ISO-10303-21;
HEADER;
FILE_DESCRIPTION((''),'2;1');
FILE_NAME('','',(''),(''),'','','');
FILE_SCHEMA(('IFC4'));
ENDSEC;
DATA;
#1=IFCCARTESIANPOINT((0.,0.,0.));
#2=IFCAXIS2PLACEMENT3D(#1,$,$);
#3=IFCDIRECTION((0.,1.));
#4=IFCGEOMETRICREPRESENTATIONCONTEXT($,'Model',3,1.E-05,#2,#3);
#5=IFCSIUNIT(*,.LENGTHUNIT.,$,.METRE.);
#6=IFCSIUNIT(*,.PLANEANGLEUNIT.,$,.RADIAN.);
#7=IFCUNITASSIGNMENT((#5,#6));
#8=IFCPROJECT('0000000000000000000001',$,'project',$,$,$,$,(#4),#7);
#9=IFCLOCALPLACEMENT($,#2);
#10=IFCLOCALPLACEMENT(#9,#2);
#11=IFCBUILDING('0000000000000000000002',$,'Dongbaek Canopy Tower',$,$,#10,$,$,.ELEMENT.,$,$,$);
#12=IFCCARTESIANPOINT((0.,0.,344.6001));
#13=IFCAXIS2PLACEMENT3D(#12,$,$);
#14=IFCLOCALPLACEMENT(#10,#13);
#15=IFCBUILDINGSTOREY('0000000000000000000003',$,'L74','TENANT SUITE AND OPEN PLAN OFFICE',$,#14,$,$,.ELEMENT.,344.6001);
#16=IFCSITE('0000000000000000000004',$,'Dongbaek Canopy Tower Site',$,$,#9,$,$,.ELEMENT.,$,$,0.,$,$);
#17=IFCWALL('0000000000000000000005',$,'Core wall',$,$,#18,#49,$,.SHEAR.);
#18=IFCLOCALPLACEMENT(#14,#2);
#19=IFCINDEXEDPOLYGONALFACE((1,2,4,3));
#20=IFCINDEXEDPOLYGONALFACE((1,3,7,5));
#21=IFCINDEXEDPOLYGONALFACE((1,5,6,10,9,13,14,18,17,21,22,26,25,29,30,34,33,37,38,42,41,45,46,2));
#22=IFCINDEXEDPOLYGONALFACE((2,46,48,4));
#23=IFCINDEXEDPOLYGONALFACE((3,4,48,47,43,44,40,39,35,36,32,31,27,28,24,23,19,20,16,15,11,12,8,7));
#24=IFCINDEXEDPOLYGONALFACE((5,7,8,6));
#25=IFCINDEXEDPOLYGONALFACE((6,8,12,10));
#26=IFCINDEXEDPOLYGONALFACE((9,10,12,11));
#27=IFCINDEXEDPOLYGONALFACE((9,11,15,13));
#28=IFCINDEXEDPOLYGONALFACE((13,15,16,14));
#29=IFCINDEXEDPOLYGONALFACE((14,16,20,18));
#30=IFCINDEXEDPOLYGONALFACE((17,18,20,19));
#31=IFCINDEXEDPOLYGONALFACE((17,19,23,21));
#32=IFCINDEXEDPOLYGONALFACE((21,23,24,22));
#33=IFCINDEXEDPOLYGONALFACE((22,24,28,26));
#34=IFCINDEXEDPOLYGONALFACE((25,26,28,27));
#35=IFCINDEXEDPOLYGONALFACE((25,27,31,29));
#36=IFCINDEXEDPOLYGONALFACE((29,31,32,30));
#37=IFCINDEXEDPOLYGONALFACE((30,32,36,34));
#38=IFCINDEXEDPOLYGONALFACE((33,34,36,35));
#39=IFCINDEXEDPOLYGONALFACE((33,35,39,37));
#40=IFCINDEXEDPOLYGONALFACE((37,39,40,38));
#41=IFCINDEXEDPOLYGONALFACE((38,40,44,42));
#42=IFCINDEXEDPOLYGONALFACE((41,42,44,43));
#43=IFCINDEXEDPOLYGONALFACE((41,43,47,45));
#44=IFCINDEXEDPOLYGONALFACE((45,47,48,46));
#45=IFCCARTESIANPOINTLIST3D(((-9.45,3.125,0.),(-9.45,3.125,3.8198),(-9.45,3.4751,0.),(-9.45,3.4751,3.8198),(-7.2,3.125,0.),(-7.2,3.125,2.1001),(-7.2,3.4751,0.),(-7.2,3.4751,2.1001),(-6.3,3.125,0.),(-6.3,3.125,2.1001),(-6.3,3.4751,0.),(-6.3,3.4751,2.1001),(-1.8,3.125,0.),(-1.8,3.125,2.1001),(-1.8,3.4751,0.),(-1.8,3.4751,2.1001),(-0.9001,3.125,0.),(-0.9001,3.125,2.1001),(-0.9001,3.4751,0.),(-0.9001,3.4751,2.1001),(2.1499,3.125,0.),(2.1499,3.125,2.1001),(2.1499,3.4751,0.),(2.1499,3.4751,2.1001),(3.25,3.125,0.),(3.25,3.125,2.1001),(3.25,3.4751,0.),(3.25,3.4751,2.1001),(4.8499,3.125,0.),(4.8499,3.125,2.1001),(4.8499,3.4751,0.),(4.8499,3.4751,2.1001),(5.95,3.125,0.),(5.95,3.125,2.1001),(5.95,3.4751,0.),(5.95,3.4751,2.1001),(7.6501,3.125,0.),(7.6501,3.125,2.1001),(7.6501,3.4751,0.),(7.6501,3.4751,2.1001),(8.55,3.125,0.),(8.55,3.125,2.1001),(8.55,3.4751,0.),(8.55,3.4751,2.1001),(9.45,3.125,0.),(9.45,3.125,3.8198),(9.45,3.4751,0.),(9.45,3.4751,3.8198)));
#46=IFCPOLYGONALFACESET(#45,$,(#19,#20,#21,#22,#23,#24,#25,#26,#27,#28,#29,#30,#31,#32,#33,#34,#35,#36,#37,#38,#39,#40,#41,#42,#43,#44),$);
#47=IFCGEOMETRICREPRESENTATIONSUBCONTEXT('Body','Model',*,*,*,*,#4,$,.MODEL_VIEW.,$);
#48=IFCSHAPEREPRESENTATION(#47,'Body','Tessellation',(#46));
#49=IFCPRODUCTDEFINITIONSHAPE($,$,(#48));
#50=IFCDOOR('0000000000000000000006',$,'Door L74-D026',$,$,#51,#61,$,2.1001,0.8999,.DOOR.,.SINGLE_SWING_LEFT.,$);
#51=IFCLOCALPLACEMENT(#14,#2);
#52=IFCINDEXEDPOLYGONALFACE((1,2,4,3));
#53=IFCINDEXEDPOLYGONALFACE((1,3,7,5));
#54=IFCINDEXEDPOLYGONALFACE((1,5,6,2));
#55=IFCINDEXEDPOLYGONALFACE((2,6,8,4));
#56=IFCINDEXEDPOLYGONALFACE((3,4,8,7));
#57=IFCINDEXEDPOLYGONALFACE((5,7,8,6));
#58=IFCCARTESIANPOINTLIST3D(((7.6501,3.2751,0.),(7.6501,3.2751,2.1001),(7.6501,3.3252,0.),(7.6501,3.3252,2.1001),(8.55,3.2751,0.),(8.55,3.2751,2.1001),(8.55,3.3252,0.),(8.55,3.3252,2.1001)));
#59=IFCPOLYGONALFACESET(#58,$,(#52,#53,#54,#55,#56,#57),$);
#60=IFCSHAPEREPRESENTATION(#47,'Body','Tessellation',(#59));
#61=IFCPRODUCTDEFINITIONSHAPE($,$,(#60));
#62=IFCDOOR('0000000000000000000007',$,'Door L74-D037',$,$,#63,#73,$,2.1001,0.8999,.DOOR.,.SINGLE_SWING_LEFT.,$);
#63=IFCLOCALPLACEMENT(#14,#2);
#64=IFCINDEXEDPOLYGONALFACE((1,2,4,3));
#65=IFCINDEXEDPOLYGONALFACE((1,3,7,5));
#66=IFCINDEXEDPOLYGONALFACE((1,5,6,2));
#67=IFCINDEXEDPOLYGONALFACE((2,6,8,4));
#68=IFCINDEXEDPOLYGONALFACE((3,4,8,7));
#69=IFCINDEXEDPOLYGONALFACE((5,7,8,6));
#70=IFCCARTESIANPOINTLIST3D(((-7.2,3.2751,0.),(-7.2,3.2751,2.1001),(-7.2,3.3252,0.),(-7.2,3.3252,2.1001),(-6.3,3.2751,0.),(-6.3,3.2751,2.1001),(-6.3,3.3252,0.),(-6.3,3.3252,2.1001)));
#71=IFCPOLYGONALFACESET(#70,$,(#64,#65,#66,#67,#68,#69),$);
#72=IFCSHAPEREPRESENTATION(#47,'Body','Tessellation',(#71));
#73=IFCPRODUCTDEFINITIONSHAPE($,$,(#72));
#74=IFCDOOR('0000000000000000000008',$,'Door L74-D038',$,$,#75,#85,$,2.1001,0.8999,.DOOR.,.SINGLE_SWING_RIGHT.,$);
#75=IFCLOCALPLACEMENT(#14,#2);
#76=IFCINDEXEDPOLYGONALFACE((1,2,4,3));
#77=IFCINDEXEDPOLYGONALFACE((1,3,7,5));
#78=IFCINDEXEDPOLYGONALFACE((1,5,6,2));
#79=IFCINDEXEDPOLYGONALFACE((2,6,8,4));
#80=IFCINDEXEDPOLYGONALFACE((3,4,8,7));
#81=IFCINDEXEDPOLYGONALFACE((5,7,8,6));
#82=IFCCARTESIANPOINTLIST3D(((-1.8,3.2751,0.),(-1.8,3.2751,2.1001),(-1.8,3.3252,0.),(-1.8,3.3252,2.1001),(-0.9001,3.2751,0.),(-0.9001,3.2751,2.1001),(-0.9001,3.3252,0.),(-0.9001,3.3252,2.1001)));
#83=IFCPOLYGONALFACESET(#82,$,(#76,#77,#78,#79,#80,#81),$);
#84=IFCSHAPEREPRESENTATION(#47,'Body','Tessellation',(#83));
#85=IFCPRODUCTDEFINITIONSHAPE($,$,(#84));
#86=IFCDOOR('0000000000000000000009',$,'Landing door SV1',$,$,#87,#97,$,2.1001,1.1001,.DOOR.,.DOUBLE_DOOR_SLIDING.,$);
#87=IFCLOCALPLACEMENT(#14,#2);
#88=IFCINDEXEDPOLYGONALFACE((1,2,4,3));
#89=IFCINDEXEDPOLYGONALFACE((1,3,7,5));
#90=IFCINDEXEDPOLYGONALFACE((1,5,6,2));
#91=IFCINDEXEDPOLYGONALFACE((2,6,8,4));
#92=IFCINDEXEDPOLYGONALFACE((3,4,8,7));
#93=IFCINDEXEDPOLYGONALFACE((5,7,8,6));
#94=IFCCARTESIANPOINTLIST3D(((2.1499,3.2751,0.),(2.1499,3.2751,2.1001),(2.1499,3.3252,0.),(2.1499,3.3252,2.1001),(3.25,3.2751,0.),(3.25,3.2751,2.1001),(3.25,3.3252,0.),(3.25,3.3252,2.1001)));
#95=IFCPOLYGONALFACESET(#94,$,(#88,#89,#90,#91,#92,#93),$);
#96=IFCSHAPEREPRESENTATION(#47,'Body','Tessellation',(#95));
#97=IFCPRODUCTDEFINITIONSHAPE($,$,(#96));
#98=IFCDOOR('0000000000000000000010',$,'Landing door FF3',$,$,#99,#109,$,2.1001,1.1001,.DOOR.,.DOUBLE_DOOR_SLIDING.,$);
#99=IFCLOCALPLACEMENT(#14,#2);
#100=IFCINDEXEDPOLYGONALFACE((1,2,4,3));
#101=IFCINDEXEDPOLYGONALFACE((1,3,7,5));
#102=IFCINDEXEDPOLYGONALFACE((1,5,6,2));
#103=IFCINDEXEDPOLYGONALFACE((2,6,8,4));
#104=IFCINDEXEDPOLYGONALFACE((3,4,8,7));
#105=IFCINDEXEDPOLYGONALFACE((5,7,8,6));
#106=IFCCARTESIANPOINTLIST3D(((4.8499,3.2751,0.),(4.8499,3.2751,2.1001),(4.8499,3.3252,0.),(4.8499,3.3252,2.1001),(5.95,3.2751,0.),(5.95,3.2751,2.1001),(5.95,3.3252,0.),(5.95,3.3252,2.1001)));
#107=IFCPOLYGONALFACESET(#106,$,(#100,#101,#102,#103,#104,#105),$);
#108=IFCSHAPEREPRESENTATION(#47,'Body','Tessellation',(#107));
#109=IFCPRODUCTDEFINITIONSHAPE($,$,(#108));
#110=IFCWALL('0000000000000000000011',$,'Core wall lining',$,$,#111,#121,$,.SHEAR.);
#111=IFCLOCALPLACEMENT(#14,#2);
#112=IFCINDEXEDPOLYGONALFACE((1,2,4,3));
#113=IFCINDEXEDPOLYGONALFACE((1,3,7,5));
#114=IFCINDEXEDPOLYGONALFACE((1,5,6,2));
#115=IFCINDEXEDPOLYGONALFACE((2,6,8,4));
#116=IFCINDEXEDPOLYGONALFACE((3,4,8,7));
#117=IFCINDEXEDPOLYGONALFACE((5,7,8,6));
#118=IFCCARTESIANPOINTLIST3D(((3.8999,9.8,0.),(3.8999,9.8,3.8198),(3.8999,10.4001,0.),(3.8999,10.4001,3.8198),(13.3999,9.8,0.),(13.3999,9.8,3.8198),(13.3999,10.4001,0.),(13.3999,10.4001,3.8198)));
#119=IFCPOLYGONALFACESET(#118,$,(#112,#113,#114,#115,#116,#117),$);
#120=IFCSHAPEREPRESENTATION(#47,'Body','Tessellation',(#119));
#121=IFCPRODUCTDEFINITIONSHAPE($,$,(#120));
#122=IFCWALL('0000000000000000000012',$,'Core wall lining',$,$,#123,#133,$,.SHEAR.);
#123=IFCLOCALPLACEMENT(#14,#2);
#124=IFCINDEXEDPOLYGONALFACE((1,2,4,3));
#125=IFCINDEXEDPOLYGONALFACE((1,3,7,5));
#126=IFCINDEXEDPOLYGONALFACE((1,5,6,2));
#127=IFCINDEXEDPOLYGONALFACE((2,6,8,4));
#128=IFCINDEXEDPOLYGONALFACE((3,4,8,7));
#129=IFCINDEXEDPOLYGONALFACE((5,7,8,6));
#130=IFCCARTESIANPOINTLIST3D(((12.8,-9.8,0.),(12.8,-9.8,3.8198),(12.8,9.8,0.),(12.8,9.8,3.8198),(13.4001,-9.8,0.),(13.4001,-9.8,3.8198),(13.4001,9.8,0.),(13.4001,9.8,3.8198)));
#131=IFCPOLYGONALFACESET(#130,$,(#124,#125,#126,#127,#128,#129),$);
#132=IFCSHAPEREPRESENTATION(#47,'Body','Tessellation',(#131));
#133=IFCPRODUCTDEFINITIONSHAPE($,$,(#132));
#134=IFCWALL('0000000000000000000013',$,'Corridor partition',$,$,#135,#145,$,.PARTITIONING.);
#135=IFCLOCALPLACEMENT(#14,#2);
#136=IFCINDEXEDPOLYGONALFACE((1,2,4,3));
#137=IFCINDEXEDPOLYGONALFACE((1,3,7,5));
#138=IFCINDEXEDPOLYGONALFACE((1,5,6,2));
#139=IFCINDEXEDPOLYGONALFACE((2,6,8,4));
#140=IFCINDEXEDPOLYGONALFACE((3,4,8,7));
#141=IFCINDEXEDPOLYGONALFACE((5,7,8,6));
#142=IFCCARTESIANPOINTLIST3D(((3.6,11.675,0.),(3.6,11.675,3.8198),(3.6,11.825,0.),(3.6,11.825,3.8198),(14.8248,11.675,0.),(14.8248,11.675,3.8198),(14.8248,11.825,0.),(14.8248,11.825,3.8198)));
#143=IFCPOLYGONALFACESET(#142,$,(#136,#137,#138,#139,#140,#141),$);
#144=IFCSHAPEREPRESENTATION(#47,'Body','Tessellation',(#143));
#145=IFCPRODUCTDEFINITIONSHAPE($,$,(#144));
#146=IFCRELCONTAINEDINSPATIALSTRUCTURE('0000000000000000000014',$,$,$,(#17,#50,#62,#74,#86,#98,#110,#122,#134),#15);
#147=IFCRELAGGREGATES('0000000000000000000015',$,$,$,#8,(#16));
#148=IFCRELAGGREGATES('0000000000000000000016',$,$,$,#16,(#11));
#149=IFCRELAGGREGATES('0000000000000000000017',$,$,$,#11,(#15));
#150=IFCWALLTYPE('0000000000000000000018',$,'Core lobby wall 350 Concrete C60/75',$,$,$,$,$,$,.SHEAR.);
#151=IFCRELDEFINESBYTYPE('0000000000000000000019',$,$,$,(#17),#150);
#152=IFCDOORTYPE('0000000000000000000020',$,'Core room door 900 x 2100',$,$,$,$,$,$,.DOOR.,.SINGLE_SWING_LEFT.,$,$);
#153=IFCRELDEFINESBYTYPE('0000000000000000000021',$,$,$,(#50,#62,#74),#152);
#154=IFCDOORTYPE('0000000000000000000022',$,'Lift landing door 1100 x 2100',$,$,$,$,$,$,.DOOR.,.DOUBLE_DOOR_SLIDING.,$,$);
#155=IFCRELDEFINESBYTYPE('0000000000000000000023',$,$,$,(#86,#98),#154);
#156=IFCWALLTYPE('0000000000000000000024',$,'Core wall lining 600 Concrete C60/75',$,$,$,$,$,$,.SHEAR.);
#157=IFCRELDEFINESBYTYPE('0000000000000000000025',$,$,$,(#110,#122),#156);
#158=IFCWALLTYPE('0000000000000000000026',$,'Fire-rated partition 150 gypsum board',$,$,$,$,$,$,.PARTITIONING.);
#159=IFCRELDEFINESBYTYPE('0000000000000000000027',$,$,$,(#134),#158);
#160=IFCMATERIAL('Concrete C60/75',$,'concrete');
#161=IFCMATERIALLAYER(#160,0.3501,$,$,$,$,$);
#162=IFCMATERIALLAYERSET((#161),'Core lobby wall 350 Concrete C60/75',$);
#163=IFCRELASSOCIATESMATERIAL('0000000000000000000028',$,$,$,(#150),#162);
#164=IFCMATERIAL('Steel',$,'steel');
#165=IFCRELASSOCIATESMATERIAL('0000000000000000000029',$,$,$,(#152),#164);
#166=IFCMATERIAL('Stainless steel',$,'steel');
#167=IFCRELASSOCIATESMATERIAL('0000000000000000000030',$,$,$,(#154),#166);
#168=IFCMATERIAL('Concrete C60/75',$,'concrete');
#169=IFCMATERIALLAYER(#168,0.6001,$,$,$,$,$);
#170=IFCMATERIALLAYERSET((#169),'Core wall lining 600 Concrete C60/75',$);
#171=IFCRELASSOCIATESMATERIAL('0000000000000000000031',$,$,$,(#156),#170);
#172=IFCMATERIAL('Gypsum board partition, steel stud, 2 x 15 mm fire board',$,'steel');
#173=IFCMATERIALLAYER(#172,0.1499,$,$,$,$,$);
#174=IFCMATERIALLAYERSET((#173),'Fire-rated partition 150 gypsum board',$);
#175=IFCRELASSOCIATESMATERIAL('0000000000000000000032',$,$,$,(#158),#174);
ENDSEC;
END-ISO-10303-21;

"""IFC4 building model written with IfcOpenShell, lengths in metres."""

from ifc_helpers import new_model, si_unit, direction, frame, frame_2d, origin, place, context, subcontext, project, spatial, rectangle, extrude, material, layer, layer_set, type_object, element, fill, save


model = new_model("IFC4")

# Units and contexts
model_context = context("Model", 3, precision=1e-05, world=origin(), true_north=direction((0.0, 1.0)))
body_context = subcontext(model_context, "Body", "Model", "MODEL_VIEW")
ifc_project = project(units=[si_unit("LENGTHUNIT", "METRE"), si_unit("PLANEANGLEUNIT", "RADIAN")], contexts=[model_context])

# Site, building, storey
site_placement = place(None, origin())
site = spatial("IfcSite", under=ifc_project, at=site_placement, Name="Dongbaek Canopy Tower Site", CompositionType="ELEMENT", RefElevation=0.0)
building_placement = place(site_placement, origin())
building = spatial("IfcBuilding", under=site, at=building_placement, Name="Dongbaek Canopy Tower", CompositionType="ELEMENT")
storey_placement = place(building_placement, frame((0.0, 0.0, 344.6001)))
storey = spatial("IfcBuildingStorey", under=building, at=storey_placement, Name="L74", Description="TENANT SUITE AND OPEN PLAN OFFICE", CompositionType="ELEMENT", Elevation=344.6001)

# Wall, openings, doors
ifc_material_1 = material(Name="Concrete C60/75", Category="concrete")
ifc_layer_1 = layer(ifc_material_1, 0.3501)
ifc_layer_set_1 = layer_set([ifc_layer_1], Name="Core lobby wall 350 Concrete C60/75")
wall_type_1 = type_object("IfcWallType", Name="Core lobby wall 350 Concrete C60/75", PredefinedType="SHEAR", material=ifc_layer_set_1)
wall_1_placement = place(storey_placement, frame((9.45, 3.3, 0.0), z_axis=(0.0, 0.0, 1.0), x_axis=(-1.0, 0.0, 0.0)))
wall_1 = element("IfcWall", 1, at=wall_1_placement, inside=storey, type_object=wall_type_1, Name="Core wall", PredefinedType="SHEAR", context=body_context, shape_type="SweptSolid", body=[
    extrude(rectangle(XDim=18.8999, YDim=0.3501, at=frame_2d((9.45, 0.0))), origin(), (0.0, 0.0, 1.0), 3.8198),
])
opening_1_placement = place(wall_1_placement, frame((6.2, 0.0, 0.0)))
opening_1 = element("IfcOpeningElement", 2, at=opening_1_placement, cuts=wall_1, PredefinedType="OPENING", context=body_context, shape_type="SweptSolid", body=[
    extrude(rectangle(XDim=1.1001, YDim=2.1001, at=frame_2d((0.55, 1.05))), frame((0.0, 0.1851, 0.0), z_axis=(0.0, -1.0, 0.0), x_axis=(1.0, 0.0, 0.0)), (0.0, 0.0, 1.0), 0.3701),
])
opening_2_placement = place(wall_1_placement, frame((3.5, 0.0, 0.0)))
opening_2 = element("IfcOpeningElement", 3, at=opening_2_placement, cuts=wall_1, PredefinedType="OPENING", context=body_context, shape_type="SweptSolid", body=[
    extrude(rectangle(XDim=1.1001, YDim=2.1001, at=frame_2d((0.55, 1.05))), frame((0.0, 0.1851, 0.0), z_axis=(0.0, -1.0, 0.0), x_axis=(1.0, 0.0, 0.0)), (0.0, 0.0, 1.0), 0.3701),
])
opening_3_placement = place(wall_1_placement, frame((0.8999, 0.0, 0.0)))
opening_3 = element("IfcOpeningElement", 4, at=opening_3_placement, cuts=wall_1, PredefinedType="OPENING", context=body_context, shape_type="SweptSolid", body=[
    extrude(rectangle(XDim=0.8999, YDim=2.1001, at=frame_2d((0.45, 1.05))), frame((0.0, 0.1851, 0.0), z_axis=(0.0, -1.0, 0.0), x_axis=(1.0, 0.0, 0.0)), (0.0, 0.0, 1.0), 0.3701),
])
opening_4_placement = place(wall_1_placement, frame((15.75, 0.0, 0.0)))
opening_4 = element("IfcOpeningElement", 5, at=opening_4_placement, cuts=wall_1, PredefinedType="OPENING", context=body_context, shape_type="SweptSolid", body=[
    extrude(rectangle(XDim=0.8999, YDim=2.1001, at=frame_2d((0.45, 1.05))), frame((0.0, 0.1851, 0.0), z_axis=(0.0, -1.0, 0.0), x_axis=(1.0, 0.0, 0.0)), (0.0, 0.0, 1.0), 0.3701),
])
opening_5_placement = place(wall_1_placement, frame((10.3501, 0.0, 0.0)))
opening_5 = element("IfcOpeningElement", 6, at=opening_5_placement, cuts=wall_1, PredefinedType="OPENING", context=body_context, shape_type="SweptSolid", body=[
    extrude(rectangle(XDim=0.8999, YDim=2.1001, at=frame_2d((0.45, 1.05))), frame((0.0, 0.1851, 0.0), z_axis=(0.0, -1.0, 0.0), x_axis=(1.0, 0.0, 0.0)), (0.0, 0.0, 1.0), 0.3701),
])
ifc_material_2 = material(Name="Steel", Category="steel")
door_type_1 = type_object("IfcDoorType", Name="Core room door 900 x 2100", OperationType="SINGLE_SWING_LEFT", PredefinedType="DOOR", material=ifc_material_2)
door_1_placement = place(opening_3_placement, origin())
door_1 = element("IfcDoor", 7, at=door_1_placement, inside=storey, type_object=door_type_1, Name="Door L74-D026", OperationType="SINGLE_SWING_LEFT", OverallHeight=2.1001, OverallWidth=0.8999, PredefinedType="DOOR", context=body_context, shape_type="SweptSolid", body=[
    extrude(rectangle(XDim=0.8999, YDim=2.1001, at=frame_2d((0.45, 1.05))), frame((0.0, 0.0249, 0.0), z_axis=(0.0, -1.0, 0.0), x_axis=(1.0, 0.0, 0.0)), (0.0, 0.0, 1.0), 0.05),
])
fill(opening_3, door_1)
door_2_placement = place(opening_4_placement, origin())
door_2 = element("IfcDoor", 8, at=door_2_placement, inside=storey, type_object=door_type_1, Name="Door L74-D037", OperationType="SINGLE_SWING_LEFT", OverallHeight=2.1001, OverallWidth=0.8999, PredefinedType="DOOR", context=body_context, shape_type="SweptSolid", body=[
    extrude(rectangle(XDim=0.8999, YDim=2.1001, at=frame_2d((0.45, 1.05))), frame((0.0, 0.0249, 0.0), z_axis=(0.0, -1.0, 0.0), x_axis=(1.0, 0.0, 0.0)), (0.0, 0.0, 1.0), 0.05),
])
fill(opening_4, door_2)
door_3_placement = place(opening_5_placement, origin())
door_3 = element("IfcDoor", 9, at=door_3_placement, inside=storey, type_object=door_type_1, Name="Door L74-D038", OperationType="SINGLE_SWING_RIGHT", OverallHeight=2.1001, OverallWidth=0.8999, PredefinedType="DOOR", context=body_context, shape_type="SweptSolid", body=[
    extrude(rectangle(XDim=0.8999, YDim=2.1001, at=frame_2d((0.45, 1.05))), frame((0.0, 0.0249, 0.0), z_axis=(0.0, -1.0, 0.0), x_axis=(1.0, 0.0, 0.0)), (0.0, 0.0, 1.0), 0.05),
])
fill(opening_5, door_3)
ifc_material_3 = material(Name="Stainless steel", Category="steel")
door_type_2 = type_object("IfcDoorType", Name="Lift landing door 1100 x 2100", OperationType="DOUBLE_DOOR_SLIDING", PredefinedType="DOOR", material=ifc_material_3)
door_4_placement = place(opening_1_placement, origin())
door_4 = element("IfcDoor", 10, at=door_4_placement, inside=storey, type_object=door_type_2, Name="Landing door SV1", OperationType="DOUBLE_DOOR_SLIDING", OverallHeight=2.1001, OverallWidth=1.1001, PredefinedType="DOOR", context=body_context, shape_type="SweptSolid", body=[
    extrude(rectangle(XDim=1.1001, YDim=2.1001, at=frame_2d((0.55, 1.05))), frame((0.0, 0.0249, 0.0), z_axis=(0.0, -1.0, 0.0), x_axis=(1.0, 0.0, 0.0)), (0.0, 0.0, 1.0), 0.05),
])
fill(opening_1, door_4)
door_5_placement = place(opening_2_placement, origin())
door_5 = element("IfcDoor", 11, at=door_5_placement, inside=storey, type_object=door_type_2, Name="Landing door FF3", OperationType="DOUBLE_DOOR_SLIDING", OverallHeight=2.1001, OverallWidth=1.1001, PredefinedType="DOOR", context=body_context, shape_type="SweptSolid", body=[
    extrude(rectangle(XDim=1.1001, YDim=2.1001, at=frame_2d((0.55, 1.05))), frame((0.0, 0.0249, 0.0), z_axis=(0.0, -1.0, 0.0), x_axis=(1.0, 0.0, 0.0)), (0.0, 0.0, 1.0), 0.05),
])
fill(opening_2, door_5)

# Walls
ifc_material_4 = material(Name="Concrete C60/75", Category="concrete")
ifc_layer_2 = layer(ifc_material_4, 0.6001)
ifc_layer_set_2 = layer_set([ifc_layer_2], Name="Core wall lining 600 Concrete C60/75")
wall_type_2 = type_object("IfcWallType", Name="Core wall lining 600 Concrete C60/75", PredefinedType="SHEAR", material=ifc_layer_set_2)
wall_2_placement = place(storey_placement, frame((3.8999, 10.1001, 0.0), z_axis=(0.0, 0.0, 1.0), x_axis=(1.0, 0.0, 0.0)))
element("IfcWall", 12, at=wall_2_placement, inside=storey, type_object=wall_type_2, Name="Core wall lining", PredefinedType="SHEAR", context=body_context, shape_type="SweptSolid", body=[
    extrude(rectangle(XDim=9.5, YDim=0.6001, at=frame_2d((4.75, 0.0))), origin(), (0.0, 0.0, 1.0), 3.8198),
])
wall_3_placement = place(storey_placement, frame((13.1001, 9.8, 0.0), z_axis=(0.0, 0.0, 1.0), x_axis=(0.0, -1.0, 0.0)))
element("IfcWall", 13, at=wall_3_placement, inside=storey, type_object=wall_type_2, Name="Core wall lining", PredefinedType="SHEAR", context=body_context, shape_type="SweptSolid", body=[
    extrude(rectangle(XDim=19.6001, YDim=0.6001, at=frame_2d((9.8, 0.0))), origin(), (0.0, 0.0, 1.0), 3.8198),
])
ifc_material_5 = material(Name="Gypsum board partition, steel stud, 2 x 15 mm fire board", Category="steel")
ifc_layer_3 = layer(ifc_material_5, 0.1499)
ifc_layer_set_3 = layer_set([ifc_layer_3], Name="Fire-rated partition 150 gypsum board")
wall_type_3 = type_object("IfcWallType", Name="Fire-rated partition 150 gypsum board", PredefinedType="PARTITIONING", material=ifc_layer_set_3)
wall_4_placement = place(storey_placement, frame((3.6001, 11.75, 0.0), z_axis=(0.0, 0.0, 1.0), x_axis=(1.0, 0.0, 0.0)))
element("IfcWall", 14, at=wall_4_placement, inside=storey, type_object=wall_type_3, Name="Corridor partition", PredefinedType="PARTITIONING", context=body_context, shape_type="SweptSolid", body=[
    extrude(rectangle(XDim=11.2249, YDim=0.1499, at=frame_2d((5.6123, 0.0))), origin(), (0.0, 0.0, 1.0), 3.8198),
])

save(model, "model.ifc")
